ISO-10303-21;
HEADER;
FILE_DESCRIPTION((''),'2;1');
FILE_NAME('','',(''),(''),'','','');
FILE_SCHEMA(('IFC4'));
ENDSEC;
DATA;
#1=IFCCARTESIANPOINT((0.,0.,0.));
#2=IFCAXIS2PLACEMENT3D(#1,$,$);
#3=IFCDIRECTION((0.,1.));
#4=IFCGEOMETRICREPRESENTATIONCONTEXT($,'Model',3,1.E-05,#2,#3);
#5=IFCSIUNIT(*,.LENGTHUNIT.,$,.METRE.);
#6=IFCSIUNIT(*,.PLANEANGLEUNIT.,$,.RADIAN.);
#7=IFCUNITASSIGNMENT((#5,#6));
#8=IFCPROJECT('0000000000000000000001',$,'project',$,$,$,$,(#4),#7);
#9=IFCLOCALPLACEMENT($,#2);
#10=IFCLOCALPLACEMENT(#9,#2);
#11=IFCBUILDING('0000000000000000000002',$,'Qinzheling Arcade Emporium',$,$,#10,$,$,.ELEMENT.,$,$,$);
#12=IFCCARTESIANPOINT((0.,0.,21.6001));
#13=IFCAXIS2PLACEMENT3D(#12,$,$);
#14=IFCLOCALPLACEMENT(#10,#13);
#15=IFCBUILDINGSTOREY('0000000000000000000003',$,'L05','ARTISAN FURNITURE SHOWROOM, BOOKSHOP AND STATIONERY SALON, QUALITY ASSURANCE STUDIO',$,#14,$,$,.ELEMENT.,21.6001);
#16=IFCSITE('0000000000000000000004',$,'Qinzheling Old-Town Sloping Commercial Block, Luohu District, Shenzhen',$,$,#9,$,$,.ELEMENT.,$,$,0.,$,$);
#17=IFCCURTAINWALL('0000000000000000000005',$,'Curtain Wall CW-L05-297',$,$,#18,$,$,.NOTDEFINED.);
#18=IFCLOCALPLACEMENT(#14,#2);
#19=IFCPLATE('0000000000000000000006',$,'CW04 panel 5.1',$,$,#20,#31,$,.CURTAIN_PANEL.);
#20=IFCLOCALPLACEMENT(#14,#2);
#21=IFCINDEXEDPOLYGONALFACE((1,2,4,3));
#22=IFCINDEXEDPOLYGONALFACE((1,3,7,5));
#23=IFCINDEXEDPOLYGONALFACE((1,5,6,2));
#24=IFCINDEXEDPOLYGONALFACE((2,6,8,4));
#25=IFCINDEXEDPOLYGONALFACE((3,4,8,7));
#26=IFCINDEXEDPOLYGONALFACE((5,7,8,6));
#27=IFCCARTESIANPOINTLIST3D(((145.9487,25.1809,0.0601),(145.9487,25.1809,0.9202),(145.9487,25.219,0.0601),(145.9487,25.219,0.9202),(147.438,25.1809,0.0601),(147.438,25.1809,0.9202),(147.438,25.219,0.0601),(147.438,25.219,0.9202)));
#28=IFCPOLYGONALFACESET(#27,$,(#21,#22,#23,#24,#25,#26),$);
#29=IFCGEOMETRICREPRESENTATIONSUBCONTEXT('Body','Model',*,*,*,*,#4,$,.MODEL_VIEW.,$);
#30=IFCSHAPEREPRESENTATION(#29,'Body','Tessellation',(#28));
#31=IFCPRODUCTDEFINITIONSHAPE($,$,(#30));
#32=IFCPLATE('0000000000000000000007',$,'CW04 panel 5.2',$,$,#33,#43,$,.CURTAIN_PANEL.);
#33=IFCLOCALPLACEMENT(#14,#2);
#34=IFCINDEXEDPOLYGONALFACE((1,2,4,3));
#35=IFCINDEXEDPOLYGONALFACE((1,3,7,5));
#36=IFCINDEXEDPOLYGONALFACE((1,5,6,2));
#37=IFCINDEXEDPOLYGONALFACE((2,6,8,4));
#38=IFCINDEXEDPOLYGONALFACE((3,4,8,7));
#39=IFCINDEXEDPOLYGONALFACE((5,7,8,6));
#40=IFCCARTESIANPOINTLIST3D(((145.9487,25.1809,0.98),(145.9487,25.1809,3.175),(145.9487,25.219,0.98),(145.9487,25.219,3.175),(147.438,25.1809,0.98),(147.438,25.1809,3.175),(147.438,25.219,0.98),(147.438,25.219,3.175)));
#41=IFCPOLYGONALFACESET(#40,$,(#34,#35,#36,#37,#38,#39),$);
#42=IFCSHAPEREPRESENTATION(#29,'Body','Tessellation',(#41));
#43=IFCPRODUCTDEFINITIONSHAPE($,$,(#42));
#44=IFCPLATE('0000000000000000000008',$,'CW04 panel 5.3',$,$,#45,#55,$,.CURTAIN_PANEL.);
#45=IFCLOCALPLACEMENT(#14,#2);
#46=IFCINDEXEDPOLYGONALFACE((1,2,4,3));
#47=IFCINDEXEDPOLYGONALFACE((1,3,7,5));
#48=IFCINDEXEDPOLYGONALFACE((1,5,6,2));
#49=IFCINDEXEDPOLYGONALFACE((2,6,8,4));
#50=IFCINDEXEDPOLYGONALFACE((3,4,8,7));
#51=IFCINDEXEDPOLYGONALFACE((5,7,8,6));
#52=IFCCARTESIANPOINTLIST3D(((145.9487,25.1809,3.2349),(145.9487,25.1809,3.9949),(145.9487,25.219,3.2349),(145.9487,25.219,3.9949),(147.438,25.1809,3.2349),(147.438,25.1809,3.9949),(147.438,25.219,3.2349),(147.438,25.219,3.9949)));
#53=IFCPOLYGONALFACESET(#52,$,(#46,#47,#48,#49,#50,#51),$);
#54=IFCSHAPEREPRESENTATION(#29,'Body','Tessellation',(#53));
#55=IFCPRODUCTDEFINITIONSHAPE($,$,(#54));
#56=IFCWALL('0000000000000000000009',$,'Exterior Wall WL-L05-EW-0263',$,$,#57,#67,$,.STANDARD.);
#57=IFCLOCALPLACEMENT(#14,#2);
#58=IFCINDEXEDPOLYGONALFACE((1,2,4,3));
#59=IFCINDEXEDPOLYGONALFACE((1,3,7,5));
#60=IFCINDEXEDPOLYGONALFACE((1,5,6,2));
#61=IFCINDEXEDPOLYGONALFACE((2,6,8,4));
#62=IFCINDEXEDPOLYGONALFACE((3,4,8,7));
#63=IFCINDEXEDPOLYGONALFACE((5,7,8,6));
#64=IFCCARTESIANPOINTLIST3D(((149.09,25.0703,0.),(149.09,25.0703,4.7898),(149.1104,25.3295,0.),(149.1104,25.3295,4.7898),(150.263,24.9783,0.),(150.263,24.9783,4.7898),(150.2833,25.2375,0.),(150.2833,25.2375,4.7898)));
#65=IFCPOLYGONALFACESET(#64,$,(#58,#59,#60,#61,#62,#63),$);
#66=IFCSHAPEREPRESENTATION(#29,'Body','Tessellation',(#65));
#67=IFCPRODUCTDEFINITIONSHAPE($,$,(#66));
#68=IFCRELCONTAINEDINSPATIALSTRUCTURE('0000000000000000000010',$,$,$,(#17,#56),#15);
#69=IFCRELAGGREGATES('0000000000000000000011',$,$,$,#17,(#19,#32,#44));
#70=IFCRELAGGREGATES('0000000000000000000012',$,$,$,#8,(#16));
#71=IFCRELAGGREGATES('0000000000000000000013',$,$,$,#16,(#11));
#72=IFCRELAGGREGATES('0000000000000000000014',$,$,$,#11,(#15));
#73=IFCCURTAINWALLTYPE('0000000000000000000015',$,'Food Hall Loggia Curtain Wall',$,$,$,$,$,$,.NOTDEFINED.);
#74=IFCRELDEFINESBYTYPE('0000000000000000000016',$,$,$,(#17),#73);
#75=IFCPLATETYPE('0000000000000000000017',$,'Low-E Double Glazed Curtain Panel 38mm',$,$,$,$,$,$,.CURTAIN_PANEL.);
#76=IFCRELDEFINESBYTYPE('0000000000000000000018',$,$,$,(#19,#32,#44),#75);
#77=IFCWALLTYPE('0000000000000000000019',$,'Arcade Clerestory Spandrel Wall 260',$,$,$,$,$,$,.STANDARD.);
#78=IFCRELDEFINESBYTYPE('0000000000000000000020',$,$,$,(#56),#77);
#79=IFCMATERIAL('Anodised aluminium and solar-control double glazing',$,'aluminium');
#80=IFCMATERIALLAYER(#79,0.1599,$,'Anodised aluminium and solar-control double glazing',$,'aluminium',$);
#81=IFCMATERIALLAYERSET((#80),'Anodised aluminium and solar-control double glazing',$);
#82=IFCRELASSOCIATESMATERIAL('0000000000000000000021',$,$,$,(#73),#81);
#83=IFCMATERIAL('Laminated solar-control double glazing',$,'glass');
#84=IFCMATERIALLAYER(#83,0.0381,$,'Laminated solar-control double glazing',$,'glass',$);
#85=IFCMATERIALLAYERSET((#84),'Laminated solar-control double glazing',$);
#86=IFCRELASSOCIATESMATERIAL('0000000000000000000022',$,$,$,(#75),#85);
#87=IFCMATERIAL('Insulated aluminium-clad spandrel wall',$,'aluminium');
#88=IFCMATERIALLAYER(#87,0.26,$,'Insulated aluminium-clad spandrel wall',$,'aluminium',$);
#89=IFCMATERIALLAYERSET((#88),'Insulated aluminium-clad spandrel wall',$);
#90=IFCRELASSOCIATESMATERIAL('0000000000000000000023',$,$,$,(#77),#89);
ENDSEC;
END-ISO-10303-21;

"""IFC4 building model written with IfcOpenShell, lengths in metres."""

from ifc_helpers import new_model, si_unit, direction, frame, frame_2d, origin, origin_2d, place, context, subcontext, project, spatial, rectangle, extrude, material, layer, layer_set, type_object, element, aggregate, save


model = new_model("IFC4")

# Units and contexts
model_context = context("Model", 3, precision=1e-05, world=origin(), true_north=direction((0.0, 1.0)))
body_context = subcontext(model_context, "Body", "Model", "MODEL_VIEW")
ifc_project = project(units=[si_unit("LENGTHUNIT", "METRE"), si_unit("PLANEANGLEUNIT", "RADIAN")], contexts=[model_context])

# Site, building, storey
site_placement = place(None, origin())
site = spatial("IfcSite", under=ifc_project, at=site_placement, Name="Qinzheling Old-Town Sloping Commercial Block, Luohu District, Shenzhen", CompositionType="ELEMENT", RefElevation=0.0)
building_placement = place(site_placement, origin())
building = spatial("IfcBuilding", under=site, at=building_placement, Name="Qinzheling Arcade Emporium", CompositionType="ELEMENT")
storey_placement = place(building_placement, frame((0.0, 0.0, 21.6001)))
storey = spatial("IfcBuildingStorey", under=building, at=storey_placement, Name="L05", Description="ARTISAN FURNITURE SHOWROOM, BOOKSHOP AND STATIONERY SALON, QUALITY ASSURANCE STUDIO", CompositionType="ELEMENT", Elevation=21.6001)

# Curtain wall, plates
ifc_material_1 = material(Name="Anodised aluminium and solar-control double glazing", Category="aluminium")
ifc_layer_1 = layer(ifc_material_1, 0.1599, Name="Anodised aluminium and solar-control double glazing", Category="aluminium")
ifc_layer_set_1 = layer_set([ifc_layer_1], Name="Anodised aluminium and solar-control double glazing")
curtain_wall_type = type_object("IfcCurtainWallType", Name="Food Hall Loggia Curtain Wall", PredefinedType="NOTDEFINED", material=ifc_layer_set_1)
curtain_wall_placement = place(storey_placement, origin())
curtain_wall = element("IfcCurtainWall", 1, at=curtain_wall_placement, inside=storey, type_object=curtain_wall_type, Name="Curtain Wall CW-L05-297", PredefinedType="NOTDEFINED")
ifc_material_2 = material(Name="Laminated solar-control double glazing", Category="glass")
ifc_layer_2 = layer(ifc_material_2, 0.0381, Name="Laminated solar-control double glazing", Category="glass")
ifc_layer_set_2 = layer_set([ifc_layer_2], Name="Laminated solar-control double glazing")
plate_type = type_object("IfcPlateType", Name="Low-E Double Glazed Curtain Panel 38mm", PredefinedType="CURTAIN_PANEL", material=ifc_layer_set_2)
plate_1_placement = place(storey_placement, frame((146.6934, 25.2, 0.0601), z_axis=(0.0, 0.0, 1.0), x_axis=(1.0, 0.0, 0.0)))
plate_1 = element("IfcPlate", 2, at=plate_1_placement, type_object=plate_type, Name="CW04 panel 5.1", PredefinedType="CURTAIN_PANEL", context=body_context, shape_type="SweptSolid", body=[
    extrude(rectangle(XDim=1.4893, YDim=0.0381, at=origin_2d()), origin(), (0.0, 0.0, 1.0), 0.8601),
])
plate_2_placement = place(storey_placement, frame((146.6934, 25.2, 0.98), z_axis=(0.0, 0.0, 1.0), x_axis=(1.0, 0.0, 0.0)))
plate_2 = element("IfcPlate", 3, at=plate_2_placement, type_object=plate_type, Name="CW04 panel 5.2", PredefinedType="CURTAIN_PANEL", context=body_context, shape_type="SweptSolid", body=[
    extrude(rectangle(XDim=1.4893, YDim=0.0381, at=origin_2d()), origin(), (0.0, 0.0, 1.0), 2.1951),
])
plate_3_placement = place(storey_placement, frame((146.6934, 25.2, 3.2349), z_axis=(0.0, 0.0, 1.0), x_axis=(1.0, 0.0, 0.0)))
plate_3 = element("IfcPlate", 4, at=plate_3_placement, type_object=plate_type, Name="CW04 panel 5.3", PredefinedType="CURTAIN_PANEL", context=body_context, shape_type="SweptSolid", body=[
    extrude(rectangle(XDim=1.4893, YDim=0.0381, at=origin_2d()), origin(), (0.0, 0.0, 1.0), 0.76),
])
aggregate(curtain_wall, [plate_1, plate_2, plate_3])

# Wall
ifc_material_3 = material(Name="Insulated aluminium-clad spandrel wall", Category="aluminium")
ifc_layer_3 = layer(ifc_material_3, 0.26, Name="Insulated aluminium-clad spandrel wall", Category="aluminium")
ifc_layer_set_3 = layer_set([ifc_layer_3], Name="Insulated aluminium-clad spandrel wall")
wall_type = type_object("IfcWallType", Name="Arcade Clerestory Spandrel Wall 260", PredefinedType="STANDARD", material=ifc_layer_set_3)
wall_placement = place(storey_placement, frame((149.1001, 25.2, 0.0), z_axis=(0.0, 0.0, 1.0), x_axis=(0.996935, -0.078236, 0.0)))
element("IfcWall", 5, at=wall_placement, inside=storey, type_object=wall_type, Name="Exterior Wall WL-L05-EW-0263", PredefinedType="STANDARD", context=body_context, shape_type="SweptSolid", body=[
    extrude(rectangle(XDim=1.1765, YDim=0.26, at=frame_2d((0.5884, 0.0))), origin(), (0.0, 0.0, 1.0), 4.7898),
])

save(model, "model.ifc")
